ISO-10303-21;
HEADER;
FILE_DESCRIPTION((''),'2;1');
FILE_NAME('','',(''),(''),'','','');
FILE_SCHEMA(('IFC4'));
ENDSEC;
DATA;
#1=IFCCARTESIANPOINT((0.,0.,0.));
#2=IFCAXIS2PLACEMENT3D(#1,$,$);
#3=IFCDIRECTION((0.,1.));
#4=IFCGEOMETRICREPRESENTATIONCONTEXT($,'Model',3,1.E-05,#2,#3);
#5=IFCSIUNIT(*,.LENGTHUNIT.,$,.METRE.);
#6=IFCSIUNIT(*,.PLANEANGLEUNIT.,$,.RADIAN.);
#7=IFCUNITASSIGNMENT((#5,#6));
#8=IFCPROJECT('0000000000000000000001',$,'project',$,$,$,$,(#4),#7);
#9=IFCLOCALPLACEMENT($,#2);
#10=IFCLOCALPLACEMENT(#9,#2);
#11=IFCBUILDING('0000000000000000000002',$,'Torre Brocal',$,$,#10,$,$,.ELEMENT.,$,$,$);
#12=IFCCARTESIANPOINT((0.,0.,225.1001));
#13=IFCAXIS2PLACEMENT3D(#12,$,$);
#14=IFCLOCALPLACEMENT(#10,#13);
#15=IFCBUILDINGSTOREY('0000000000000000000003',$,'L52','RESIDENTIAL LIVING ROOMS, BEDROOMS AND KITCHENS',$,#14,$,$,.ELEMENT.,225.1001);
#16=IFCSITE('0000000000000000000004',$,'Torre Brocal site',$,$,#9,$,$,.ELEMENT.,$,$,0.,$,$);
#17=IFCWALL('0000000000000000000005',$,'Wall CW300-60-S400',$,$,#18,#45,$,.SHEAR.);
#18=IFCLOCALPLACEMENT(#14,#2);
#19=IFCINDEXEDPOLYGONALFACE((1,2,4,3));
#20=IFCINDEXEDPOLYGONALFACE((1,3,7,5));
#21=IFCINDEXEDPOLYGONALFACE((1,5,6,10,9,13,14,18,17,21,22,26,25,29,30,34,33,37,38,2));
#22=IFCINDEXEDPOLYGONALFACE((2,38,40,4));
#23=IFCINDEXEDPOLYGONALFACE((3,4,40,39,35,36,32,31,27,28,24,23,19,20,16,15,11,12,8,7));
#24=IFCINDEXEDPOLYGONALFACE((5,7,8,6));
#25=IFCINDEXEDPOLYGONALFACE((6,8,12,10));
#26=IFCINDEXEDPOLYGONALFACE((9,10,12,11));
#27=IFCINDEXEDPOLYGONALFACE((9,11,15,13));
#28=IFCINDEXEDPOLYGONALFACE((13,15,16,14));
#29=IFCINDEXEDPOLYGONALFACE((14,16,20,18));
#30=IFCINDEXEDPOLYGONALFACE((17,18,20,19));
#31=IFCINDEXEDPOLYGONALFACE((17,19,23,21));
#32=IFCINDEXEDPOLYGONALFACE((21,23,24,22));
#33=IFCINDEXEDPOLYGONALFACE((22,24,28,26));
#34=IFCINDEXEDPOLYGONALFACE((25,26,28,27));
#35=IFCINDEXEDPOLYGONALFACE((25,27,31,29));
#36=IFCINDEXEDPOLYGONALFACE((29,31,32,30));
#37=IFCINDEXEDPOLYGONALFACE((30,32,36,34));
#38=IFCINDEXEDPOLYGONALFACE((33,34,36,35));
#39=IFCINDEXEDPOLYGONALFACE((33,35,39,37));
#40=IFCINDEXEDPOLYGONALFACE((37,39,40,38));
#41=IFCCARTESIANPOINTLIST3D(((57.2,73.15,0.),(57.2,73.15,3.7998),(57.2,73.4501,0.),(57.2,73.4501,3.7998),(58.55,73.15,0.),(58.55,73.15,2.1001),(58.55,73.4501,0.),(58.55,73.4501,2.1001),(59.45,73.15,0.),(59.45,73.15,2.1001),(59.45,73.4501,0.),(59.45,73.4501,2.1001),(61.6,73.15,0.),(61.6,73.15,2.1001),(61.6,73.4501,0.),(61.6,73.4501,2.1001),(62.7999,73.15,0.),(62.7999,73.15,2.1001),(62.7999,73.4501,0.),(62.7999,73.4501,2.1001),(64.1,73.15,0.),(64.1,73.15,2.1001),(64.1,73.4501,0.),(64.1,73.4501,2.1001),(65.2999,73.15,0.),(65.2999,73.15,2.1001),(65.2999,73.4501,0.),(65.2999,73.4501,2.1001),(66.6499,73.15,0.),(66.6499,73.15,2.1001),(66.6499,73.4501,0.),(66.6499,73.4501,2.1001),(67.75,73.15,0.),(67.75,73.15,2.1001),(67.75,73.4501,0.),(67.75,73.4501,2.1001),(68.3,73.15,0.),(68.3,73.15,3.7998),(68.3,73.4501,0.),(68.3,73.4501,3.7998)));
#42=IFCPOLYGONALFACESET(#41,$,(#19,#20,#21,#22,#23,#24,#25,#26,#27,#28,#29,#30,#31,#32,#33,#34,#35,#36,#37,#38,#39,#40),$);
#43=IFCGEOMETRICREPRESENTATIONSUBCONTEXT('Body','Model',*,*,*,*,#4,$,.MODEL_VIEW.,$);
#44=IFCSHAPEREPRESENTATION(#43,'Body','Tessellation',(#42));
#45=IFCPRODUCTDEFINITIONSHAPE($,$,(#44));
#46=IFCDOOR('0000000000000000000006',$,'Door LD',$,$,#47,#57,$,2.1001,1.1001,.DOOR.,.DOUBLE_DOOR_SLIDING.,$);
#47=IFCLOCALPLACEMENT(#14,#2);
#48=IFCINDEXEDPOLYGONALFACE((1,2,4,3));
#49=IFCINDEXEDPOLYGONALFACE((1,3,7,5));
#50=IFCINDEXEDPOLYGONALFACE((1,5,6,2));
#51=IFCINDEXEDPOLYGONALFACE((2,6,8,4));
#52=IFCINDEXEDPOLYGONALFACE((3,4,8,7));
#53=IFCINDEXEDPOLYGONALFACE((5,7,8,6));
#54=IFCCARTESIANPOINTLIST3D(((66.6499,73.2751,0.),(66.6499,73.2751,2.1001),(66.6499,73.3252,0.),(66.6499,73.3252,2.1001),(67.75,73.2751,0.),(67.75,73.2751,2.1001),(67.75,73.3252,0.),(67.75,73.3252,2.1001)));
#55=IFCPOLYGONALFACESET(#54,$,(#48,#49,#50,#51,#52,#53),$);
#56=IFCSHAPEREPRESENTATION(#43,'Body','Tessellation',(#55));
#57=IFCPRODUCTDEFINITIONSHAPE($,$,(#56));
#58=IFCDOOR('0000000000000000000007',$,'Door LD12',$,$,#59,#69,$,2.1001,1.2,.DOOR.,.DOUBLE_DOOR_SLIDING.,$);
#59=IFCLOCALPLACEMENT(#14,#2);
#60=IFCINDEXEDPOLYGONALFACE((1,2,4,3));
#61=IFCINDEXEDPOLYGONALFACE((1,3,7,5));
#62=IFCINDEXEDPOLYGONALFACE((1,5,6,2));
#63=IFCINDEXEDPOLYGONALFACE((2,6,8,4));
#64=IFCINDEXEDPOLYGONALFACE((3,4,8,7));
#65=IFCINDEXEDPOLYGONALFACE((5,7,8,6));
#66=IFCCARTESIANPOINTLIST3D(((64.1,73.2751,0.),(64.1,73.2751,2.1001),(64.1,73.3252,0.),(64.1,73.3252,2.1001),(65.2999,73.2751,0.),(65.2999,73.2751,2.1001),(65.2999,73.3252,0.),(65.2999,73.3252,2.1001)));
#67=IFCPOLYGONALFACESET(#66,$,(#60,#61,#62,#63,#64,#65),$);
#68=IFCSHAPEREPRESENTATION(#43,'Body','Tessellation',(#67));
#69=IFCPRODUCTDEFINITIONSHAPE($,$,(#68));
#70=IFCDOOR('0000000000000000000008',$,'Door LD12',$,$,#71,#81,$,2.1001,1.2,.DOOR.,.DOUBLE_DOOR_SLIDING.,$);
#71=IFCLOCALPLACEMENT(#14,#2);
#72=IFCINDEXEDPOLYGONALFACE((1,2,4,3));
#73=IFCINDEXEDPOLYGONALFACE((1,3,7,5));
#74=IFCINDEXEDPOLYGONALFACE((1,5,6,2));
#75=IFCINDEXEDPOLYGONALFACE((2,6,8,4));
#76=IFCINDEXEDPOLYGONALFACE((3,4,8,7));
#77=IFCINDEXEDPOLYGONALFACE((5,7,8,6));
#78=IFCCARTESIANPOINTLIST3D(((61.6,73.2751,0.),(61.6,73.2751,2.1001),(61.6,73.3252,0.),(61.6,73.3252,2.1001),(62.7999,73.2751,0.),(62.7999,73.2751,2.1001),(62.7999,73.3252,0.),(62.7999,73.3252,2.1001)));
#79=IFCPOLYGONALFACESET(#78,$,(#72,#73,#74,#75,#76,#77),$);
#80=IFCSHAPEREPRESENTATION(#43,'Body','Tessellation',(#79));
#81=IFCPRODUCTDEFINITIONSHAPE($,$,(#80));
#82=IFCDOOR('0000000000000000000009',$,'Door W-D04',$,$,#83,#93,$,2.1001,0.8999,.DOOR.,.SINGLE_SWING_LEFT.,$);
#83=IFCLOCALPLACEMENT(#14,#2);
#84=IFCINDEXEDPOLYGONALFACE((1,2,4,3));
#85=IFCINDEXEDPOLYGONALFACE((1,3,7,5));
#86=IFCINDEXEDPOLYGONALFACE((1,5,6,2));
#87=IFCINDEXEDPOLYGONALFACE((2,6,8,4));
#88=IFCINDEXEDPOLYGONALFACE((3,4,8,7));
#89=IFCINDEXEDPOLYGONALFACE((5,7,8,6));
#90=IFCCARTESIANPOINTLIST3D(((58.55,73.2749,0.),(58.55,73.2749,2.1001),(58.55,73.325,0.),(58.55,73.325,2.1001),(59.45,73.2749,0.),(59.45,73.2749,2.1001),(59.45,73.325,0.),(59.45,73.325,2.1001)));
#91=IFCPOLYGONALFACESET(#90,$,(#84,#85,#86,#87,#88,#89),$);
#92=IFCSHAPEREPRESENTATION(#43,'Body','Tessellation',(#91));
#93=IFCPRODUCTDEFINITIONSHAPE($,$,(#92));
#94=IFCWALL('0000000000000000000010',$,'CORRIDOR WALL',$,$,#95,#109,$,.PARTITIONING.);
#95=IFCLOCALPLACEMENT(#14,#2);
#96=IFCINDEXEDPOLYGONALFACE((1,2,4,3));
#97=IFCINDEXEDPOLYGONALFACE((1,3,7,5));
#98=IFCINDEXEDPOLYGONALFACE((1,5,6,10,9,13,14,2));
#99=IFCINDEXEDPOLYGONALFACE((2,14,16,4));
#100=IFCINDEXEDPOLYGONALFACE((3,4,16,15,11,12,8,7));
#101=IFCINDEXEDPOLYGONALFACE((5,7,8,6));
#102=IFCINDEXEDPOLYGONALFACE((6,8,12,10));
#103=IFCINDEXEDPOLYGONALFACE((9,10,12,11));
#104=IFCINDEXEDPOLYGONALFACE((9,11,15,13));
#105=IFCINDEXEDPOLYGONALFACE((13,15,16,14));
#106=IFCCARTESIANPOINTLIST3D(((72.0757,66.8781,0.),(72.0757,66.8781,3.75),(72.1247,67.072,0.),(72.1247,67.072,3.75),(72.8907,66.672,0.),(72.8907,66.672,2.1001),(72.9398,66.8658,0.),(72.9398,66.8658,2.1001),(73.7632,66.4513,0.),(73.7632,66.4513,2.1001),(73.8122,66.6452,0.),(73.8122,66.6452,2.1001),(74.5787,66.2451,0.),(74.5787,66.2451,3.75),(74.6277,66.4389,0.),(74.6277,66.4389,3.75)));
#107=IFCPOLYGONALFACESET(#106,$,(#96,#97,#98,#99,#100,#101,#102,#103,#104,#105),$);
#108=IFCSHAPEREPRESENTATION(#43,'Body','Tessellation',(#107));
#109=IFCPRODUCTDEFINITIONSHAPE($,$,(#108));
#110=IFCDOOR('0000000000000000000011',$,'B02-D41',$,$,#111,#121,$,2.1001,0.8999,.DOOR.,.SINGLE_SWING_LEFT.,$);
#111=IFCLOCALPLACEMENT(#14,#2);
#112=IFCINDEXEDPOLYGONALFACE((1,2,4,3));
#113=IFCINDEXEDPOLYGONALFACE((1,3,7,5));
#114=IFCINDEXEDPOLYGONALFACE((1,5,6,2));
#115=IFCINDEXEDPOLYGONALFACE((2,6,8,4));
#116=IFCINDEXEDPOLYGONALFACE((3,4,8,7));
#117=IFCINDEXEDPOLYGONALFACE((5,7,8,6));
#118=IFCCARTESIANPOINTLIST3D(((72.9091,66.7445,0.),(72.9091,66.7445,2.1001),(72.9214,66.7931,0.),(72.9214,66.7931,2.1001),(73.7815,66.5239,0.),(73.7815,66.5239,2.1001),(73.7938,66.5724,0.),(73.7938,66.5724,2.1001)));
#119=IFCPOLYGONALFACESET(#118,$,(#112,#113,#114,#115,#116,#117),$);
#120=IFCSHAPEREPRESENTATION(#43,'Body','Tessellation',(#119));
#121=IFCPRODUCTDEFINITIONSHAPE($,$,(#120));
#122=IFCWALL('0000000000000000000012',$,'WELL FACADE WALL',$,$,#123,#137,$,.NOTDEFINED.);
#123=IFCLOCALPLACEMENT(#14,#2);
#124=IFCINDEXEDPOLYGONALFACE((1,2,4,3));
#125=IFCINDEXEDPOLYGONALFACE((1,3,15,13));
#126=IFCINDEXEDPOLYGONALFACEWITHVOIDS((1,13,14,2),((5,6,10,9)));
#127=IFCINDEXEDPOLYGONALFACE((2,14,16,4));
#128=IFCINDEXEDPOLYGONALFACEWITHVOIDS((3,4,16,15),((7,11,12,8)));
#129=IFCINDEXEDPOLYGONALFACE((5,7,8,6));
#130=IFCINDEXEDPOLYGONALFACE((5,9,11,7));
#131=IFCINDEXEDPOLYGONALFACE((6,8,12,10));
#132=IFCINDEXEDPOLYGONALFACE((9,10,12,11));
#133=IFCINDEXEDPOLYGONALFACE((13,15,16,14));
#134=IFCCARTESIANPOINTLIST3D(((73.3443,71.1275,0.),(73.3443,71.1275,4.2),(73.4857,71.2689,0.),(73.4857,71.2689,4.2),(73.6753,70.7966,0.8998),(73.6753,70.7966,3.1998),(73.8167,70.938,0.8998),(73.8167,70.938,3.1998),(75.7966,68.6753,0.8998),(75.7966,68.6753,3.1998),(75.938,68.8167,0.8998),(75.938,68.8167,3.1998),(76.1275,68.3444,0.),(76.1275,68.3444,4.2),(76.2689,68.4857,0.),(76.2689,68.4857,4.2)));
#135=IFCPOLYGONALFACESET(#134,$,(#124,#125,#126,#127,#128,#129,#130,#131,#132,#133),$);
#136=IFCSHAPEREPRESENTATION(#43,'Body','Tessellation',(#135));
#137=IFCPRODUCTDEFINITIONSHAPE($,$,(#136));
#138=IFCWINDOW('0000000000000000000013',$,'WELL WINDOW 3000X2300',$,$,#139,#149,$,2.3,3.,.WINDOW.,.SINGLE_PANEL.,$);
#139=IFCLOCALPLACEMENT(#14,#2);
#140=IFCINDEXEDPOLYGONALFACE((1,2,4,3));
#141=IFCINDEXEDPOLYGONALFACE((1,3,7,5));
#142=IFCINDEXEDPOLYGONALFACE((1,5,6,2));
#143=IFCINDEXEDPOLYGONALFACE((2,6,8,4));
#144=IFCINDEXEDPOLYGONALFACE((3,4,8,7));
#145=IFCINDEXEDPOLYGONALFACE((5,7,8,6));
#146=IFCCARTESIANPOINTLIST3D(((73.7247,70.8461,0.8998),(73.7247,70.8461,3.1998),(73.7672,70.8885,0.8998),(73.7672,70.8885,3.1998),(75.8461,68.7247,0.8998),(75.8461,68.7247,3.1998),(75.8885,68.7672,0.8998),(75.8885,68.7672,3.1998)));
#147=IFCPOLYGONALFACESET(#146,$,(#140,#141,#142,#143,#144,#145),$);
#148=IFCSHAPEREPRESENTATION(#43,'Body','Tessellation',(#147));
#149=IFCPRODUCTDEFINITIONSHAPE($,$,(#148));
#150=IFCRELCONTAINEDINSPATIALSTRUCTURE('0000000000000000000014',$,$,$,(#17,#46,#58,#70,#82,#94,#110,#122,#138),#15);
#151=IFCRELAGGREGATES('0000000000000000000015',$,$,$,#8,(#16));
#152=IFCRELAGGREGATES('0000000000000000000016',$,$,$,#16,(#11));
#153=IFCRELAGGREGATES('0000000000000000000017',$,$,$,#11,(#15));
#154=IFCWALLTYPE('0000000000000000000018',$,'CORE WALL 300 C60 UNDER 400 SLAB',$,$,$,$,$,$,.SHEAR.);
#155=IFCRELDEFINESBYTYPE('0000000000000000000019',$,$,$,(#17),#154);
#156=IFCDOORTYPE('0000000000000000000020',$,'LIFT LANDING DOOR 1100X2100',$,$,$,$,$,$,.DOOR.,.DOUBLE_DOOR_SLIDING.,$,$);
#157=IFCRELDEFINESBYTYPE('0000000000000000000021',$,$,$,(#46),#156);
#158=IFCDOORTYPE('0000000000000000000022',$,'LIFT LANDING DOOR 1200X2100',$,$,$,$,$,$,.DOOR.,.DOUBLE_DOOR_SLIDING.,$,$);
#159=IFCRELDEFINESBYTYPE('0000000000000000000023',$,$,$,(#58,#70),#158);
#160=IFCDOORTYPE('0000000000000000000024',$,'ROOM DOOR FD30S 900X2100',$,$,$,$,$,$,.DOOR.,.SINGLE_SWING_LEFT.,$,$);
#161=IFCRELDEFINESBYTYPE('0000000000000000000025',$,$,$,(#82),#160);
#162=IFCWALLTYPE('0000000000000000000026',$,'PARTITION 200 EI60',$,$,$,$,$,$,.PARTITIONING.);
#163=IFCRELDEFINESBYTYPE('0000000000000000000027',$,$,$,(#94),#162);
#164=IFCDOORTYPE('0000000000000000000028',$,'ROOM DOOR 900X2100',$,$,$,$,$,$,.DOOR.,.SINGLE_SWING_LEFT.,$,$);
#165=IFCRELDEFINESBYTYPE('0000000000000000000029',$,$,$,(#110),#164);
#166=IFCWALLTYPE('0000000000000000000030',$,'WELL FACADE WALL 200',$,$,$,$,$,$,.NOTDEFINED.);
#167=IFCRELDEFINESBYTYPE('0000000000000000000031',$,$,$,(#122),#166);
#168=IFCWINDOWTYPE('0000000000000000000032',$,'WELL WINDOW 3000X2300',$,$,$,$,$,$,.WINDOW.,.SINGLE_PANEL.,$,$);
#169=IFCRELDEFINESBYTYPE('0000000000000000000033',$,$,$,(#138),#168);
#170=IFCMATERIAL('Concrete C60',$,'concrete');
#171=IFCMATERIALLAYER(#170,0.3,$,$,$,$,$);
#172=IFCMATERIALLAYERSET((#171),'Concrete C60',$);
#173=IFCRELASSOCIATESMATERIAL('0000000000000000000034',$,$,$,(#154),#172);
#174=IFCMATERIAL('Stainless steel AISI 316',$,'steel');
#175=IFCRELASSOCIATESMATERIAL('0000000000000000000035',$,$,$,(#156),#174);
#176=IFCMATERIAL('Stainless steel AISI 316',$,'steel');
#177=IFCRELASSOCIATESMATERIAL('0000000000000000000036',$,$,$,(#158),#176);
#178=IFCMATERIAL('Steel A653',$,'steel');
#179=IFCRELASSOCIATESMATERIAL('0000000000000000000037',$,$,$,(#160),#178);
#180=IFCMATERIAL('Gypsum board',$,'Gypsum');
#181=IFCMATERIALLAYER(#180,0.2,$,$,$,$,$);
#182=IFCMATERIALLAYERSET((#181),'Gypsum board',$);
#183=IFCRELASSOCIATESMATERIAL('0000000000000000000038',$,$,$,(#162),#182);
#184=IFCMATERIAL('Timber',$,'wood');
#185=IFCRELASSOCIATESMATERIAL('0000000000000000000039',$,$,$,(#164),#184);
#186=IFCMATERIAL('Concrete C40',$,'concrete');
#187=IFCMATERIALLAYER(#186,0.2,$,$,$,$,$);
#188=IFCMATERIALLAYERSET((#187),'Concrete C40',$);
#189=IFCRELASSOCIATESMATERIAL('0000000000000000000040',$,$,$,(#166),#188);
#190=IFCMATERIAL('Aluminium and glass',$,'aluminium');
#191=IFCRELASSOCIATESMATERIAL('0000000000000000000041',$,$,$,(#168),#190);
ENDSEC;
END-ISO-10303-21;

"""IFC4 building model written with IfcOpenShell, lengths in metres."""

from ifc_helpers import new_model, si_unit, direction, frame, frame_2d, origin, place, context, subcontext, project, spatial, rectangle, extrude, material, layer, layer_set, type_object, element, fill, save


model = new_model("IFC4")

# Units and contexts
model_context = context("Model", 3, precision=1e-05, world=origin(), true_north=direction((0.0, 1.0)))
body_context = subcontext(model_context, "Body", "Model", "MODEL_VIEW")
ifc_project = project(units=[si_unit("LENGTHUNIT", "METRE"), si_unit("PLANEANGLEUNIT", "RADIAN")], contexts=[model_context])

# Site, building, storey
site_placement = place(None, origin())
site = spatial("IfcSite", under=ifc_project, at=site_placement, Name="Torre Brocal site", CompositionType="ELEMENT", RefElevation=0.0)
building_placement = place(site_placement, origin())
building = spatial("IfcBuilding", under=site, at=building_placement, Name="Torre Brocal", CompositionType="ELEMENT")
storey_placement = place(building_placement, frame((0.0, 0.0, 225.1001)))
storey = spatial("IfcBuildingStorey", under=building, at=storey_placement, Name="L52", Description="RESIDENTIAL LIVING ROOMS, BEDROOMS AND KITCHENS", CompositionType="ELEMENT", Elevation=225.1001)

# Shared definitions
ifc_material_1 = material(Name="Concrete C60", Category="concrete")
ifc_layer_1 = layer(ifc_material_1, 0.3)
ifc_layer_set_1 = layer_set([ifc_layer_1], Name="Concrete C60")
wall_type_1 = type_object("IfcWallType", Name="CORE WALL 300 C60 UNDER 400 SLAB", PredefinedType="SHEAR", material=ifc_layer_set_1)

# Wall, openings, doors
wall_1_placement = place(storey_placement, frame((68.3, 73.3, 0.0), z_axis=(0.0, 0.0, 1.0), x_axis=(-1.0, 0.0, 0.0)))
wall_1 = element("IfcWall", 1, at=wall_1_placement, inside=storey, type_object=wall_type_1, Name="Wall CW300-60-S400", PredefinedType="SHEAR", context=body_context, shape_type="SweptSolid", body=[
    extrude(rectangle(XDim=11.1001, YDim=0.3, at=frame_2d((5.55, 0.0))), origin(), (0.0, 0.0, 1.0), 3.7998),
])
opening_1_placement = place(wall_1_placement, frame((0.55, 0.0, 0.0)))
opening_1 = element("IfcOpeningElement", 2, at=opening_1_placement, cuts=wall_1, PredefinedType="OPENING", context=body_context, shape_type="SweptSolid", body=[
    extrude(rectangle(XDim=1.1001, YDim=2.1001, at=frame_2d((0.55, 1.05))), frame((0.0, 0.1599, 0.0), z_axis=(0.0, -1.0, 0.0), x_axis=(1.0, 0.0, 0.0)), (0.0, 0.0, 1.0), 0.3201),
])
opening_2_placement = place(wall_1_placement, frame((3.0, 0.0, 0.0)))
opening_2 = element("IfcOpeningElement", 3, at=opening_2_placement, cuts=wall_1, PredefinedType="OPENING", context=body_context, shape_type="SweptSolid", body=[
    extrude(rectangle(XDim=1.2, YDim=2.1001, at=frame_2d((0.6001, 1.05))), frame((0.0, 0.1599, 0.0), z_axis=(0.0, -1.0, 0.0), x_axis=(1.0, 0.0, 0.0)), (0.0, 0.0, 1.0), 0.3201),
])
opening_3_placement = place(wall_1_placement, frame((5.5, 0.0, 0.0)))
opening_3 = element("IfcOpeningElement", 4, at=opening_3_placement, cuts=wall_1, PredefinedType="OPENING", context=body_context, shape_type="SweptSolid", body=[
    extrude(rectangle(XDim=1.2, YDim=2.1001, at=frame_2d((0.6001, 1.05))), frame((0.0, 0.1599, 0.0), z_axis=(0.0, -1.0, 0.0), x_axis=(1.0, 0.0, 0.0)), (0.0, 0.0, 1.0), 0.3201),
])
opening_4_placement = place(wall_1_placement, frame((8.8501, 0.0, 0.0)))
opening_4 = element("IfcOpeningElement", 5, at=opening_4_placement, cuts=wall_1, PredefinedType="OPENING", context=body_context, shape_type="SweptSolid", body=[
    extrude(rectangle(XDim=0.8999, YDim=2.1001, at=frame_2d((0.45, 1.05))), frame((0.0, 0.1599, 0.0), z_axis=(0.0, -1.0, 0.0), x_axis=(1.0, 0.0, 0.0)), (0.0, 0.0, 1.0), 0.3201),
])
ifc_material_2 = material(Name="Stainless steel AISI 316", Category="steel")
door_type_1 = type_object("IfcDoorType", Name="LIFT LANDING DOOR 1100X2100", OperationType="DOUBLE_DOOR_SLIDING", PredefinedType="DOOR", material=ifc_material_2)
door_1_placement = place(opening_1_placement, origin())
door_1 = element("IfcDoor", 6, at=door_1_placement, inside=storey, type_object=door_type_1, Name="Door LD", OperationType="DOUBLE_DOOR_SLIDING", OverallHeight=2.1001, OverallWidth=1.1001, PredefinedType="DOOR", context=body_context, shape_type="SweptSolid", body=[
    extrude(rectangle(XDim=1.1001, YDim=2.1001, at=frame_2d((0.55, 1.05))), frame((0.0, 0.0249, 0.0), z_axis=(0.0, -1.0, 0.0), x_axis=(1.0, 0.0, 0.0)), (0.0, 0.0, 1.0), 0.05),
])
fill(opening_1, door_1)
ifc_material_3 = material(Name="Stainless steel AISI 316", Category="steel")
door_type_2 = type_object("IfcDoorType", Name="LIFT LANDING DOOR 1200X2100", OperationType="DOUBLE_DOOR_SLIDING", PredefinedType="DOOR", material=ifc_material_3)
door_2_placement = place(opening_2_placement, origin())
door_2 = element("IfcDoor", 7, at=door_2_placement, inside=storey, type_object=door_type_2, Name="Door LD12", OperationType="DOUBLE_DOOR_SLIDING", OverallHeight=2.1001, OverallWidth=1.2, PredefinedType="DOOR", context=body_context, shape_type="SweptSolid", body=[
    extrude(rectangle(XDim=1.2, YDim=2.1001, at=frame_2d((0.6001, 1.05))), frame((0.0, 0.0249, 0.0), z_axis=(0.0, -1.0, 0.0), x_axis=(1.0, 0.0, 0.0)), (0.0, 0.0, 1.0), 0.05),
])
fill(opening_2, door_2)
door_3_placement = place(opening_3_placement, origin())
door_3 = element("IfcDoor", 8, at=door_3_placement, inside=storey, type_object=door_type_2, Name="Door LD12", OperationType="DOUBLE_DOOR_SLIDING", OverallHeight=2.1001, OverallWidth=1.2, PredefinedType="DOOR", context=body_context, shape_type="SweptSolid", body=[
    extrude(rectangle(XDim=1.2, YDim=2.1001, at=frame_2d((0.6001, 1.05))), frame((0.0, 0.0249, 0.0), z_axis=(0.0, -1.0, 0.0), x_axis=(1.0, 0.0, 0.0)), (0.0, 0.0, 1.0), 0.05),
])
fill(opening_3, door_3)
ifc_material_4 = material(Name="Steel A653", Category="steel")
door_type_3 = type_object("IfcDoorType", Name="ROOM DOOR FD30S 900X2100", OperationType="SINGLE_SWING_LEFT", PredefinedType="DOOR", material=ifc_material_4)
door_4_placement = place(opening_4_placement, frame((0.8999, 0.0, 0.0), z_axis=(0.0, 0.0, 1.0), x_axis=(-1.0, 0.0, 0.0)))
door_4 = element("IfcDoor", 9, at=door_4_placement, inside=storey, type_object=door_type_3, Name="Door W-D04", OperationType="SINGLE_SWING_LEFT", OverallHeight=2.1001, OverallWidth=0.8999, PredefinedType="DOOR", context=body_context, shape_type="SweptSolid", body=[
    extrude(rectangle(XDim=0.8999, YDim=2.1001, at=frame_2d((0.45, 1.05))), frame((0.0, 0.0249, 0.0), z_axis=(0.0, -1.0, 0.0), x_axis=(1.0, 0.0, 0.0)), (0.0, 0.0, 1.0), 0.05),
])
fill(opening_4, door_4)

# Wall, opening, door
ifc_material_5 = material(Name="Gypsum board", Category="Gypsum")
ifc_layer_2 = layer(ifc_material_5, 0.2)
ifc_layer_set_2 = layer_set([ifc_layer_2], Name="Gypsum board")
wall_type_2 = type_object("IfcWallType", Name="PARTITION 200 EI60", PredefinedType="PARTITIONING", material=ifc_layer_set_2)
wall_2_placement = place(storey_placement, frame((72.1001, 66.9751, 0.0), z_axis=(0.0, 0.0, 1.0), x_axis=(0.969471, -0.245205, 0.0)))
wall_2 = element("IfcWall", 10, at=wall_2_placement, inside=storey, type_object=wall_type_2, Name="CORRIDOR WALL", PredefinedType="PARTITIONING", context=body_context, shape_type="SweptSolid", body=[
    extrude(rectangle(XDim=2.5818, YDim=0.2, at=frame_2d((1.291, 0.0))), origin(), (0.0, 0.0, 1.0), 3.75),
])
opening_5_placement = place(wall_2_placement, frame((0.8408, 0.0, 0.0)))
opening_5 = element("IfcOpeningElement", 11, at=opening_5_placement, cuts=wall_2, PredefinedType="OPENING", context=body_context, shape_type="SweptSolid", body=[
    extrude(rectangle(XDim=0.8999, YDim=2.1001, at=frame_2d((0.45, 1.05))), frame((0.0, 0.1099, 0.0), z_axis=(0.0, -1.0, 0.0), x_axis=(1.0, 0.0, 0.0)), (0.0, 0.0, 1.0), 0.22),
])
ifc_material_6 = material(Name="Timber", Category="wood")
door_type_4 = type_object("IfcDoorType", Name="ROOM DOOR 900X2100", OperationType="SINGLE_SWING_LEFT", PredefinedType="DOOR", material=ifc_material_6)
door_5_placement = place(opening_5_placement, origin())
door_5 = element("IfcDoor", 12, at=door_5_placement, inside=storey, type_object=door_type_4, Name="B02-D41", OperationType="SINGLE_SWING_LEFT", OverallHeight=2.1001, OverallWidth=0.8999, PredefinedType="DOOR", context=body_context, shape_type="SweptSolid", body=[
    extrude(rectangle(XDim=0.8999, YDim=2.1001, at=frame_2d((0.45, 1.05))), frame((0.0, 0.0249, 0.0), z_axis=(0.0, -1.0, 0.0), x_axis=(1.0, 0.0, 0.0)), (0.0, 0.0, 1.0), 0.05),
])
fill(opening_5, door_5)

# Wall, opening, window
ifc_material_7 = material(Name="Concrete C40", Category="concrete")
ifc_layer_3 = layer(ifc_material_7, 0.2)
ifc_layer_set_3 = layer_set([ifc_layer_3], Name="Concrete C40")
wall_type_3 = type_object("IfcWallType", Name="WELL FACADE WALL 200", PredefinedType="NOTDEFINED", material=ifc_layer_set_3)
wall_3_placement = place(storey_placement, frame((73.415, 71.1982, 0.0), z_axis=(0.0, 0.0, 1.0), x_axis=(0.707107, -0.707107, 0.0)))
wall_3 = element("IfcWall", 13, at=wall_3_placement, inside=storey, type_object=wall_type_3, Name="WELL FACADE WALL", PredefinedType="NOTDEFINED", context=body_context, shape_type="SweptSolid", body=[
    extrude(rectangle(XDim=3.936, YDim=0.2, at=frame_2d((1.968, 0.0))), origin(), (0.0, 0.0, 1.0), 4.2),
])
opening_6_placement = place(wall_3_placement, frame((0.468, 0.0, 0.8999)))
opening_6 = element("IfcOpeningElement", 14, at=opening_6_placement, cuts=wall_3, PredefinedType="OPENING", context=body_context, shape_type="SweptSolid", body=[
    extrude(rectangle(XDim=3.0, YDim=2.3, at=frame_2d((1.5, 1.1499))), frame((0.0, 0.1099, 0.0), z_axis=(0.0, -1.0, 0.0), x_axis=(1.0, 0.0, 0.0)), (0.0, 0.0, 1.0), 0.22),
])
ifc_material_8 = material(Name="Aluminium and glass", Category="aluminium")
window_type = type_object("IfcWindowType", Name="WELL WINDOW 3000X2300", PartitioningType="SINGLE_PANEL", PredefinedType="WINDOW", material=ifc_material_8)
window_1_placement = place(opening_6_placement, origin())
window_1 = element("IfcWindow", 15, at=window_1_placement, inside=storey, type_object=window_type, Name="WELL WINDOW 3000X2300", OverallHeight=2.3, OverallWidth=3.0, PartitioningType="SINGLE_PANEL", PredefinedType="WINDOW", context=body_context, shape_type="SweptSolid", body=[
    extrude(rectangle(XDim=3.0, YDim=2.3, at=frame_2d((1.5, 1.1499))), frame((0.0, 0.03, 0.0), z_axis=(0.0, -1.0, 0.0), x_axis=(1.0, 0.0, 0.0)), (0.0, 0.0, 1.0), 0.0601),
])
fill(opening_6, window_1)

save(model, "model.ifc")
